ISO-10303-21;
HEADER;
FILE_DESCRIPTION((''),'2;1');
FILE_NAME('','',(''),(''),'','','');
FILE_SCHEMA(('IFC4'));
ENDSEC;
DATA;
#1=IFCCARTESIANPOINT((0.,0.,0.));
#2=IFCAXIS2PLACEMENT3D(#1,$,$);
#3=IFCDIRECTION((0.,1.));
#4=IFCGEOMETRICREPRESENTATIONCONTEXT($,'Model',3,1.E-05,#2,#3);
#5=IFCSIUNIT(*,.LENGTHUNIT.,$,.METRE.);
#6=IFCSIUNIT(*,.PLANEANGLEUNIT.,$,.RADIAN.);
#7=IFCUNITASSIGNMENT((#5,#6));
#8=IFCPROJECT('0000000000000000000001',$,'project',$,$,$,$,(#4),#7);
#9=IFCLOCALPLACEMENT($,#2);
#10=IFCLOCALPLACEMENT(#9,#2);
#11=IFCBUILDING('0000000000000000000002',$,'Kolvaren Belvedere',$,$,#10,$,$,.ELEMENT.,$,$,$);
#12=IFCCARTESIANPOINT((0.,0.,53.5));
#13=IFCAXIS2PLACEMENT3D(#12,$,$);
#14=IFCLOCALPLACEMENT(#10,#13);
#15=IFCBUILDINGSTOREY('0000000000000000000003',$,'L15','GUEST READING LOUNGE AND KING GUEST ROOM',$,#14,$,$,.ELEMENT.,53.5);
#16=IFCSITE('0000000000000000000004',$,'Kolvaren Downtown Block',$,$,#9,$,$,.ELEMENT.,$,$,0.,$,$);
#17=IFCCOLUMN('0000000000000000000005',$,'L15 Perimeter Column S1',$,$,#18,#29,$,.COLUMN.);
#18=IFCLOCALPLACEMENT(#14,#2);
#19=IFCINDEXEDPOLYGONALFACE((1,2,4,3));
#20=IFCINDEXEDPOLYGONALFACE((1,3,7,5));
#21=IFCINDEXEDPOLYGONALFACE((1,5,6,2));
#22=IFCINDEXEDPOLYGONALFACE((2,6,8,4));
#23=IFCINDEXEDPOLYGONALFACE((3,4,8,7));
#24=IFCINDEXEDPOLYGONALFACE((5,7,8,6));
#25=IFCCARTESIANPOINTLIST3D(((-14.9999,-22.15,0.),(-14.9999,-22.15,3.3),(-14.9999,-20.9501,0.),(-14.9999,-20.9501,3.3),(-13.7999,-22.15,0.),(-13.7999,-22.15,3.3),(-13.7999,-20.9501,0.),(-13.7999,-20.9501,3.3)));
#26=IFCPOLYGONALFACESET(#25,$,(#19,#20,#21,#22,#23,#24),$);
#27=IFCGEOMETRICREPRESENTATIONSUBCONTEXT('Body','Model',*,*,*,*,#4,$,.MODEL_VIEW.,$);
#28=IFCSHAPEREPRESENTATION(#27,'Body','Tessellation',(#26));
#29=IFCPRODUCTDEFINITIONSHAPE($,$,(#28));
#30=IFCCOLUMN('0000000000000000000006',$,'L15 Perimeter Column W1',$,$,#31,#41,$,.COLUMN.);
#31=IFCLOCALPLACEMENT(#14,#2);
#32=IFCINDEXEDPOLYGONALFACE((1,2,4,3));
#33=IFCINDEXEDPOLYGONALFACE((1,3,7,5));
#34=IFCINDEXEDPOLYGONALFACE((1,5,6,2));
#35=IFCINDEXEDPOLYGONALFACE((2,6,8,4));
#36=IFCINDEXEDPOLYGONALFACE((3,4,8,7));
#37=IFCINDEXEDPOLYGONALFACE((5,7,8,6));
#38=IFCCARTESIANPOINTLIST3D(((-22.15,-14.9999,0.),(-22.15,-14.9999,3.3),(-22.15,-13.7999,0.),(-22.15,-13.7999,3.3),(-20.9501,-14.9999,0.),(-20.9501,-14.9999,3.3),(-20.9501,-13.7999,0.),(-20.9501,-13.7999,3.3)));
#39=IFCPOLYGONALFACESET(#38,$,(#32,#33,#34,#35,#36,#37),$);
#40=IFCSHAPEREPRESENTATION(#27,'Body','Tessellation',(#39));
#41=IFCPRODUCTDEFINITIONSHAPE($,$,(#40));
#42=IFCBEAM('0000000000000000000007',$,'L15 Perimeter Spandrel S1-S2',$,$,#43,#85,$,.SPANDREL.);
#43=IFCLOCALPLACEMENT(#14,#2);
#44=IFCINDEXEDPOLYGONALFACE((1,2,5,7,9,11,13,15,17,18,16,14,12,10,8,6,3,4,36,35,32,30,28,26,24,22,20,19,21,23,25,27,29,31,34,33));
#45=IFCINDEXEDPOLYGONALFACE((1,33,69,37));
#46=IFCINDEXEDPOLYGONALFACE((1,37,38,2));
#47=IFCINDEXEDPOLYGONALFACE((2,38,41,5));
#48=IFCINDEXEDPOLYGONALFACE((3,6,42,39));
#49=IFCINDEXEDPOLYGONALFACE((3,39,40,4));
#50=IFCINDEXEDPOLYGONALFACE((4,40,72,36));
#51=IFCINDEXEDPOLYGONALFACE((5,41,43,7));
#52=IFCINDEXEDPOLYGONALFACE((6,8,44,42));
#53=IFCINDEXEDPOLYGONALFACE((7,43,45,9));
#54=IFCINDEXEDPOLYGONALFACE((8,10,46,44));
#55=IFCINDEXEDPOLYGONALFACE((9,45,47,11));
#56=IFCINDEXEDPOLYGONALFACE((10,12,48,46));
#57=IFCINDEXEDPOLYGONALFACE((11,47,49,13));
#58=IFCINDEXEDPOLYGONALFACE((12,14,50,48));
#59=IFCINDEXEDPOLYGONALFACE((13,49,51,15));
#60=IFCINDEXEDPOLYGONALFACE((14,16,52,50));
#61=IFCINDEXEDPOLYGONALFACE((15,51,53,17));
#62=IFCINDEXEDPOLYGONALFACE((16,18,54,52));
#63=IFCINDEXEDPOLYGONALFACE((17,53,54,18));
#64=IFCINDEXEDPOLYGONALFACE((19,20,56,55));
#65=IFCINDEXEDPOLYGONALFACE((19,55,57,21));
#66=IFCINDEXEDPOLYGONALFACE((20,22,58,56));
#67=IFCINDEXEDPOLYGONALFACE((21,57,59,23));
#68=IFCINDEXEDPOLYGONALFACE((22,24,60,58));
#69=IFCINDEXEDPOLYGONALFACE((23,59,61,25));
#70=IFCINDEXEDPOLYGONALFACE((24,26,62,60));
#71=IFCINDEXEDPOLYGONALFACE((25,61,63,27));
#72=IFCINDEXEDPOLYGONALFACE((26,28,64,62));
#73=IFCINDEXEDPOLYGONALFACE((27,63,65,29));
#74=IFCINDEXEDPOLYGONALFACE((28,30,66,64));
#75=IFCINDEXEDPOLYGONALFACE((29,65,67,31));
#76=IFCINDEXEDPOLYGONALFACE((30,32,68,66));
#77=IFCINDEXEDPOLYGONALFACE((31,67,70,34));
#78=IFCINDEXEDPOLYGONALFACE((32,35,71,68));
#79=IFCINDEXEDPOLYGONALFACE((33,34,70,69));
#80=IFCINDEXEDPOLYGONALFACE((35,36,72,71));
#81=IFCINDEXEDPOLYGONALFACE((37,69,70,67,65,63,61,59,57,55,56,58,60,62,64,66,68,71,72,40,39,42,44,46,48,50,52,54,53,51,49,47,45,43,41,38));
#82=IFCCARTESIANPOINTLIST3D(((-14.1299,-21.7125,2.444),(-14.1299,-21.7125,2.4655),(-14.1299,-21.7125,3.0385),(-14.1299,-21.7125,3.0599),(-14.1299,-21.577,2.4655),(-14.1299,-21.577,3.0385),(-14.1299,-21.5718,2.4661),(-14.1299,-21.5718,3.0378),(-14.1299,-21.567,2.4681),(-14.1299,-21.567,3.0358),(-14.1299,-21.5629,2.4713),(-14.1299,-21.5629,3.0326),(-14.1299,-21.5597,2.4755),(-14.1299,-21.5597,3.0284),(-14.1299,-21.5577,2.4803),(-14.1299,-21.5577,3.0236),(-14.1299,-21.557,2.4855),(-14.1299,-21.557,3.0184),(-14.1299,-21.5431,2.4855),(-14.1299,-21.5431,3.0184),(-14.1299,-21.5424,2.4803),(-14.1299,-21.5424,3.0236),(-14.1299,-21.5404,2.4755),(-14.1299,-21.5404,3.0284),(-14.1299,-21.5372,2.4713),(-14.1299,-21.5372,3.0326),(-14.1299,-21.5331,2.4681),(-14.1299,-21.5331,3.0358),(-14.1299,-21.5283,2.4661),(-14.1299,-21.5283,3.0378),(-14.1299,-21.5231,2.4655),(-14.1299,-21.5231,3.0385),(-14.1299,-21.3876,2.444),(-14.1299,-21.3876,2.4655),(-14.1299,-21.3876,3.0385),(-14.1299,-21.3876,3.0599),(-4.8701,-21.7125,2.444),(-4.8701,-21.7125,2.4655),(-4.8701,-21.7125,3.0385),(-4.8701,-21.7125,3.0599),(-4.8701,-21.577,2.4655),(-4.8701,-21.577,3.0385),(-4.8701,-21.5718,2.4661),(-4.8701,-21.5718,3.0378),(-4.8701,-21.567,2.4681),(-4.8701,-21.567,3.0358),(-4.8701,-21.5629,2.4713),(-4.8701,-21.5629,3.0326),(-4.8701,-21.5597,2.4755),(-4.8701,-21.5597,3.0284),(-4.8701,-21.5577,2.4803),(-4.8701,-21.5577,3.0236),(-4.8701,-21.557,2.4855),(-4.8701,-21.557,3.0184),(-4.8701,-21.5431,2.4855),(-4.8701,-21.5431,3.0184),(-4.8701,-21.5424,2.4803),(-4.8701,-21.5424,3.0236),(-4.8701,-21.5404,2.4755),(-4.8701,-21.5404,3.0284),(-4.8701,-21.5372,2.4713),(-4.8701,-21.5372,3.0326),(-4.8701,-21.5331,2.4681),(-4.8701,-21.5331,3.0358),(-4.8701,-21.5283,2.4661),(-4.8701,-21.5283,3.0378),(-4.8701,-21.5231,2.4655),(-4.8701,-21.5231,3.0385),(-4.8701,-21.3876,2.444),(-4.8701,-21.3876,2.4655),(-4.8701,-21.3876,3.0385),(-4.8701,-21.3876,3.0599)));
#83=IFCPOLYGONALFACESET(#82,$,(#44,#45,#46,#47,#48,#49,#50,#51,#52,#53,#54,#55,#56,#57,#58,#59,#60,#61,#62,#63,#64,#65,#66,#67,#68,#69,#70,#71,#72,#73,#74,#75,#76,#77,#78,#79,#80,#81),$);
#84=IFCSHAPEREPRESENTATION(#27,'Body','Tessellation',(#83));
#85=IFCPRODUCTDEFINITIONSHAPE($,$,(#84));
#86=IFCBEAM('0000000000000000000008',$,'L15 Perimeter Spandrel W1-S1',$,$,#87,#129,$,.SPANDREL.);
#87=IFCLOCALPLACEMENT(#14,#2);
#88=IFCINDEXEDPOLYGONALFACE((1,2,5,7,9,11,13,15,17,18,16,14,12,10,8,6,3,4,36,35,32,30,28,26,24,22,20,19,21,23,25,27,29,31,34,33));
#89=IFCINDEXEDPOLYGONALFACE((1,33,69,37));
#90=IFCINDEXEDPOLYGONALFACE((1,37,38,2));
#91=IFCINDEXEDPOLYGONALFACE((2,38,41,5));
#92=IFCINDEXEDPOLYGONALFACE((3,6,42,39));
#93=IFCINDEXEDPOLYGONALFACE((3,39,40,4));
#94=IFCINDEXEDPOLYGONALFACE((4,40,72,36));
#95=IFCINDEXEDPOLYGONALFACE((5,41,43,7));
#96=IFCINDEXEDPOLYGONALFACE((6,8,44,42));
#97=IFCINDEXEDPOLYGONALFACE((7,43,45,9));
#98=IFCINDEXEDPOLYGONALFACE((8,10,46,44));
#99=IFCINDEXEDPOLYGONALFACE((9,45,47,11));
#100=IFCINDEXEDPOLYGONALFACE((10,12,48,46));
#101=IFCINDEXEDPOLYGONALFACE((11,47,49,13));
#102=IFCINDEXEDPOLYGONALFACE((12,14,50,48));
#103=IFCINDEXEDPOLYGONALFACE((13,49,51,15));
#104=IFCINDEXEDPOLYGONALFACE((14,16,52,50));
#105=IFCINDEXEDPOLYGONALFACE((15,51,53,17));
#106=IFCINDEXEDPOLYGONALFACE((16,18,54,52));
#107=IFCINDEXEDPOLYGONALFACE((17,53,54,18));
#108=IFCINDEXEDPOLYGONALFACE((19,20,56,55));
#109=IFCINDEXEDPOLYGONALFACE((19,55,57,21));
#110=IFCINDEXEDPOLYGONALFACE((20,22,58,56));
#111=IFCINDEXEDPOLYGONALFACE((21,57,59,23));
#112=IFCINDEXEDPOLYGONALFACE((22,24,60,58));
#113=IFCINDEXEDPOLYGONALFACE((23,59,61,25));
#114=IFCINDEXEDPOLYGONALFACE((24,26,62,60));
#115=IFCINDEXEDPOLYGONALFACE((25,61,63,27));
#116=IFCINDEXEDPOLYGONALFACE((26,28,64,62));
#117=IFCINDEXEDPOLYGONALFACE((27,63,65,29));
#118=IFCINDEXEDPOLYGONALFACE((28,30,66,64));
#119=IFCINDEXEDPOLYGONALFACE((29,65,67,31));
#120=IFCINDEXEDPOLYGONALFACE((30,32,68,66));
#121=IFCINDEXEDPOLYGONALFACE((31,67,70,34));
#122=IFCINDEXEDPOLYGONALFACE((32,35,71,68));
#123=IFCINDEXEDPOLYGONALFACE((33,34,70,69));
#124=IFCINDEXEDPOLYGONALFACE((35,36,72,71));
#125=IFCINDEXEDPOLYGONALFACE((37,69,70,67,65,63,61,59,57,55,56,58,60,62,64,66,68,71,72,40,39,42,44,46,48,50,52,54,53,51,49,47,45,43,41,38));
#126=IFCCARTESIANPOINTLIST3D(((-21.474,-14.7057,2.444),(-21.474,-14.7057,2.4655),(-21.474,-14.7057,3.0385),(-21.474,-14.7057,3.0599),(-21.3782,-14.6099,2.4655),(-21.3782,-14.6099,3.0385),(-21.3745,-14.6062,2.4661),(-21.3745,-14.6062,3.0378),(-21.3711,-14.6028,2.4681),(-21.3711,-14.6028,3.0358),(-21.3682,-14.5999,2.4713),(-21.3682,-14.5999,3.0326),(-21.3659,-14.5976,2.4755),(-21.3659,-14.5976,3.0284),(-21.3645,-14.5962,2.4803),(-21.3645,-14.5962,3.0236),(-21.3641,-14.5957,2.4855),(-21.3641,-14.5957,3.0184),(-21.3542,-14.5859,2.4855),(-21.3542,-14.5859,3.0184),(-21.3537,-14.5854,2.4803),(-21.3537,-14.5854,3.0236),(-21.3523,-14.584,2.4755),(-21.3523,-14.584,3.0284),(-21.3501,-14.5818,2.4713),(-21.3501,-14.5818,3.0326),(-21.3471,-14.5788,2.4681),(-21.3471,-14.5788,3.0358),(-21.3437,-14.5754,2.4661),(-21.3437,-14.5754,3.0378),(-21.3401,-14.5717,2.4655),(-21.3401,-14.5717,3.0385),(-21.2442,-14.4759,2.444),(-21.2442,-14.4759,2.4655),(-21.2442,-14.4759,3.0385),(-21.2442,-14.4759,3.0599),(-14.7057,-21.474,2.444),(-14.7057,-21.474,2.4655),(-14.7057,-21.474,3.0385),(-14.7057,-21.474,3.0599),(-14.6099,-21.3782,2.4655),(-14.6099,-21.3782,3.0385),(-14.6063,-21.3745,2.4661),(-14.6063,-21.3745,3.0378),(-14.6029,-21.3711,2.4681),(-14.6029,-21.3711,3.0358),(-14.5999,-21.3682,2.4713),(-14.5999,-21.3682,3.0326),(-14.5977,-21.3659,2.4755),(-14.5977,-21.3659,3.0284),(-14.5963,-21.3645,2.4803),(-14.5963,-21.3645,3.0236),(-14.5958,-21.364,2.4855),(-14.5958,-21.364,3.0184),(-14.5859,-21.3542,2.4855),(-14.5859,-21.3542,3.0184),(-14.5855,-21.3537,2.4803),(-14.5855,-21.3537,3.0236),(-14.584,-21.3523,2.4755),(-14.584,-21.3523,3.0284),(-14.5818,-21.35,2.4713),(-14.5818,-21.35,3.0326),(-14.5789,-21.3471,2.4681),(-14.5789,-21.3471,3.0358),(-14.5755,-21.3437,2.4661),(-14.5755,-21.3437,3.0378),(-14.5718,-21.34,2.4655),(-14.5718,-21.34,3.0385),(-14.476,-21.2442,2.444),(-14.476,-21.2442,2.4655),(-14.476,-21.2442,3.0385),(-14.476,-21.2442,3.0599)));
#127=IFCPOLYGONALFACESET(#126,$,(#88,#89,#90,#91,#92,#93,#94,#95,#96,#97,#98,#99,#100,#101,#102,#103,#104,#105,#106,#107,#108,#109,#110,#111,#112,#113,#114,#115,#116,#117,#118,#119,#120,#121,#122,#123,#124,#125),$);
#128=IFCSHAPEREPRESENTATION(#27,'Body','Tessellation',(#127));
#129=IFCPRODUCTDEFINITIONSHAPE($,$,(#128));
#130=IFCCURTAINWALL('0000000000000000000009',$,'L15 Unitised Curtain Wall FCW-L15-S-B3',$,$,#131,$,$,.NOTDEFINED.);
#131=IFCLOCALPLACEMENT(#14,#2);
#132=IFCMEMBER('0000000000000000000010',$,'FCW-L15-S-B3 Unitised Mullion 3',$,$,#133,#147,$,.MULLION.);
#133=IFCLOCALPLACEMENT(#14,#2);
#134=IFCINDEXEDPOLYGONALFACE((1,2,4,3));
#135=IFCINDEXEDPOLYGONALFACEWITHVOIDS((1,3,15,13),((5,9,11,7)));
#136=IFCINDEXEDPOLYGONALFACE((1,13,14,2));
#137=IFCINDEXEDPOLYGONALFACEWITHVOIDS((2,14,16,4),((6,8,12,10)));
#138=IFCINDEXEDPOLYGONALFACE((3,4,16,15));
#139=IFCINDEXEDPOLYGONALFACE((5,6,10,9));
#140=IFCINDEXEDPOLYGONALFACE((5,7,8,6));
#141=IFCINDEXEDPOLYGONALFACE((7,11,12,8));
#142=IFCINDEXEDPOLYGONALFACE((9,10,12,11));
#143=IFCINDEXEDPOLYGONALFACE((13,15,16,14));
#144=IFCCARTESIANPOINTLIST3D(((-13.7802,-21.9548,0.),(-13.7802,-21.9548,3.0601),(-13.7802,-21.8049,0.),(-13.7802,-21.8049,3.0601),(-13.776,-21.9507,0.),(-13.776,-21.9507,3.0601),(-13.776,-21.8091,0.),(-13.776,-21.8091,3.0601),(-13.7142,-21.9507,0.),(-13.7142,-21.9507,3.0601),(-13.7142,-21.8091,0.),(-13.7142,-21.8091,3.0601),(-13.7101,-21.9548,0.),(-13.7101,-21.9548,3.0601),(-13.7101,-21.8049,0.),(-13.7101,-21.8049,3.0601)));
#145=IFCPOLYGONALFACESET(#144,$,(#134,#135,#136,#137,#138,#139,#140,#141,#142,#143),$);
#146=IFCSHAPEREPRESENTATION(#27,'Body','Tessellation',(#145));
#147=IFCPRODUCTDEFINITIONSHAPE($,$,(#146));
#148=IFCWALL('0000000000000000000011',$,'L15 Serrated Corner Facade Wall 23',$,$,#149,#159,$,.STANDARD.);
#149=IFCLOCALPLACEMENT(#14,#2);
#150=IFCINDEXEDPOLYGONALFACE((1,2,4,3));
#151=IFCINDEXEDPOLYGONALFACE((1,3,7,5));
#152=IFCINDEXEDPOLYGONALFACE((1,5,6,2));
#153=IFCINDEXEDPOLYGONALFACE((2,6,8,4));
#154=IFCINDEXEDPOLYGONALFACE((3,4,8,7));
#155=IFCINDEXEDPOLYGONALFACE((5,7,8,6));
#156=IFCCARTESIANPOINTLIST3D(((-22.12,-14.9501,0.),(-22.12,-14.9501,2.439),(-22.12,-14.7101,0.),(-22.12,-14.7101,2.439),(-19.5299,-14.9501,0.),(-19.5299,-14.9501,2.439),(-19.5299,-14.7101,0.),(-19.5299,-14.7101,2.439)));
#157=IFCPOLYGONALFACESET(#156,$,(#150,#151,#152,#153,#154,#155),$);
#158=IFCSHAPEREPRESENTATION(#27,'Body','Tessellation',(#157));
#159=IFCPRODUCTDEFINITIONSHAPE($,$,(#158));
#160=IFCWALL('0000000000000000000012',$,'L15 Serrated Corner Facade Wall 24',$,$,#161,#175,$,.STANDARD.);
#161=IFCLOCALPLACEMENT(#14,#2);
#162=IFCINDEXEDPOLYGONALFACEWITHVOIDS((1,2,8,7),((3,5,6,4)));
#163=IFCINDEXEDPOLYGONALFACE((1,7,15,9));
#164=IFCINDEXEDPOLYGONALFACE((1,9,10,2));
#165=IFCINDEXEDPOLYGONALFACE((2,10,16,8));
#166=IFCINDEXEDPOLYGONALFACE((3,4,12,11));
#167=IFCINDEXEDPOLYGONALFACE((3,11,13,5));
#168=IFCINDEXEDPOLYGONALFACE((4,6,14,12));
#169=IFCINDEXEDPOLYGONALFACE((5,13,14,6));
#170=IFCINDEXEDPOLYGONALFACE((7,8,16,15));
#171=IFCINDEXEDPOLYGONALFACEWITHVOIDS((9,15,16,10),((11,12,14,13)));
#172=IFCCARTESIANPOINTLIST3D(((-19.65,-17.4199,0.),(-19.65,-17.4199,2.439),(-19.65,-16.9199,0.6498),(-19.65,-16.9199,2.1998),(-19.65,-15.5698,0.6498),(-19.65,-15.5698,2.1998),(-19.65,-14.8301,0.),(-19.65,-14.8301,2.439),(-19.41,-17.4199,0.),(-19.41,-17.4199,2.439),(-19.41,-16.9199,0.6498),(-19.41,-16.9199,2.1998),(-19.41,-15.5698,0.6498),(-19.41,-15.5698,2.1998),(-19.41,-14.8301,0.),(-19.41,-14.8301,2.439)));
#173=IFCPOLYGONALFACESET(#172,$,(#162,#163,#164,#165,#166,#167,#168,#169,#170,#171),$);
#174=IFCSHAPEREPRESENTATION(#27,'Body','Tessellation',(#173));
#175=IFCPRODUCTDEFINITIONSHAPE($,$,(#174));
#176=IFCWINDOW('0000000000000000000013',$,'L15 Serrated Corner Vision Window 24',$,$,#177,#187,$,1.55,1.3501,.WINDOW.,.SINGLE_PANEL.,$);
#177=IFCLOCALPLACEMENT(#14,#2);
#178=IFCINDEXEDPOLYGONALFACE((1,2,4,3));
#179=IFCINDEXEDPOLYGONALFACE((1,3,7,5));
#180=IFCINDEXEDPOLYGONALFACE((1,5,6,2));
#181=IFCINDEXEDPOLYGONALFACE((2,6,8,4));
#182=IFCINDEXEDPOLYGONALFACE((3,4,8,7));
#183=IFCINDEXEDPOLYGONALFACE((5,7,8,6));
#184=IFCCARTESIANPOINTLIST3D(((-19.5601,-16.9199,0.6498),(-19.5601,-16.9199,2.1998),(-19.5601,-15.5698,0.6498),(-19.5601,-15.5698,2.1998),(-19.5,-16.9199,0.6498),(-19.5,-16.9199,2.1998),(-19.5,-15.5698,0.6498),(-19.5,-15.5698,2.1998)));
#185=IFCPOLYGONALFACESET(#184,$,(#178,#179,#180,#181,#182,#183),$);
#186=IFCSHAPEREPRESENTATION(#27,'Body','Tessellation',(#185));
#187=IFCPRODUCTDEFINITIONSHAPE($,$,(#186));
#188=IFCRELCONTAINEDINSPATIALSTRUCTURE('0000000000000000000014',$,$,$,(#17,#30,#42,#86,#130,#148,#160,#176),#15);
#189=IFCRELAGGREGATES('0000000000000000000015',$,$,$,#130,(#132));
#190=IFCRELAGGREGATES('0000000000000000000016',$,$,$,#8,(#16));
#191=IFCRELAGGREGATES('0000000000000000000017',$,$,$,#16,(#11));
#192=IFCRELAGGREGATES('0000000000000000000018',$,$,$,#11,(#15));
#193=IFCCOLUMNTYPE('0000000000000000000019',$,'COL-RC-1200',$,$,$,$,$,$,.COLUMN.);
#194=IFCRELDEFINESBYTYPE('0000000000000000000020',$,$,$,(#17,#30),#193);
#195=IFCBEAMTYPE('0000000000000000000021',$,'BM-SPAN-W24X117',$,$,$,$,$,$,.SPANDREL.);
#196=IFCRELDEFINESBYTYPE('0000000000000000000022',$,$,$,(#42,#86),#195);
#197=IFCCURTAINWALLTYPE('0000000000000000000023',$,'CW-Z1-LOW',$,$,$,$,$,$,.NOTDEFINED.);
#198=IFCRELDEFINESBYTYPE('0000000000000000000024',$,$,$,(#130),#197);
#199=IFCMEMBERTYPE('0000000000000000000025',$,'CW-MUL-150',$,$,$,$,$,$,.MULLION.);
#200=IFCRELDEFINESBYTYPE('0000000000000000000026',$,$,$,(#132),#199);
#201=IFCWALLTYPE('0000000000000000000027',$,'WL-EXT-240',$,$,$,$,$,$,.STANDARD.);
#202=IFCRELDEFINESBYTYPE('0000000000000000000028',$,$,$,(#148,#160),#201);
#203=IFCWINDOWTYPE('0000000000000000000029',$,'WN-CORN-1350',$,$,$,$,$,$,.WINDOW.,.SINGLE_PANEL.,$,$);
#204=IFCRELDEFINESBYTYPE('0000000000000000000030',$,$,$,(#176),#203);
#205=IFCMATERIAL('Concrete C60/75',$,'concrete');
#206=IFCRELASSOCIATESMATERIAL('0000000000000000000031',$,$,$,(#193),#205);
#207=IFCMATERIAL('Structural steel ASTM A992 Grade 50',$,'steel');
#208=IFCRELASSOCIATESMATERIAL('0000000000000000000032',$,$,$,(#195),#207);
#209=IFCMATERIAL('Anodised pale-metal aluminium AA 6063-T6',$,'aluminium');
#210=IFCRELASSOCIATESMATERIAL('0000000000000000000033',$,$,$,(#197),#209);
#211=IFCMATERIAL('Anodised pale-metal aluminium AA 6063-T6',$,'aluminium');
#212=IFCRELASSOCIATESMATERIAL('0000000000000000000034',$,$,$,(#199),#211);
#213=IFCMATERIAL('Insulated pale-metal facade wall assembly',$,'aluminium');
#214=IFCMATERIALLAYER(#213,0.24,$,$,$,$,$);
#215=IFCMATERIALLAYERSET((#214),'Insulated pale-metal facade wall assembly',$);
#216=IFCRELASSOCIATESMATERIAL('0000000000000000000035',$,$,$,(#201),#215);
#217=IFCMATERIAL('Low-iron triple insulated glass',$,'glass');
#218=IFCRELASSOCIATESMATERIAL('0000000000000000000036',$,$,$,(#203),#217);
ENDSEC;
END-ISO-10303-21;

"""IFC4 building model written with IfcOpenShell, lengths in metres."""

from ifc_helpers import new_model, si_unit, direction, frame, frame_2d, origin, origin_2d, place, context, subcontext, project, spatial, rectangle, hollow_rectangle, i_section, extrude, material, layer, layer_set, material_profile, profile_set, type_object, element, fill, aggregate, save


model = new_model("IFC4")

# Units and contexts
model_context = context("Model", 3, precision=1e-05, world=origin(), true_north=direction((0.0, 1.0)))
body_context = subcontext(model_context, "Body", "Model", "MODEL_VIEW")
ifc_project = project(units=[si_unit("LENGTHUNIT", "METRE"), si_unit("PLANEANGLEUNIT", "RADIAN")], contexts=[model_context])

# Site, building, storey
site_placement = place(None, origin())
site = spatial("IfcSite", under=ifc_project, at=site_placement, Name="Kolvaren Downtown Block", CompositionType="ELEMENT", RefElevation=0.0)
building_placement = place(site_placement, origin())
building = spatial("IfcBuilding", under=site, at=building_placement, Name="Kolvaren Belvedere", CompositionType="ELEMENT")
storey_placement = place(building_placement, frame((0.0, 0.0, 53.5)))
storey = spatial("IfcBuildingStorey", under=building, at=storey_placement, Name="L15", Description="GUEST READING LOUNGE AND KING GUEST ROOM", CompositionType="ELEMENT", Elevation=53.5)

# Columns
ifc_material_1 = material(Name="Concrete C60/75", Category="concrete")
ifc_material_profile_1 = material_profile(ifc_material_1, rectangle(XDim=1.2, YDim=1.2, at=origin_2d()), Name="RC 1200X1200")
ifc_profile_set_1 = profile_set([ifc_material_profile_1], Name="Concrete C60/75")
column_type = type_object("IfcColumnType", Name="COL-RC-1200", PredefinedType="COLUMN", material=ifc_profile_set_1)
for number, where, z_axis, x_axis, name in (
    (1, (-14.3999, -21.55, 0.0), (0.0, 0.0, 1.0), (1.0, 0.0, 0.0), "L15 Perimeter Column S1"),
    (2, (-21.55, -14.3999, 0.0), (0.0, 0.0, 1.0), (1.0, 0.0, 0.0), "L15 Perimeter Column W1"),
):
    element("IfcColumn", number, at=place(storey_placement, frame(where, z_axis=z_axis, x_axis=x_axis)), inside=storey, type_object=column_type, Name=name, PredefinedType="COLUMN", context=body_context, shape_type="SweptSolid", body=[
        extrude(rectangle(XDim=1.2, YDim=1.2, at=origin_2d()), origin(), (0.0, 0.0, 1.0), 3.3),
    ])

# Beams
ifc_material_2 = material(Name="Structural steel ASTM A992 Grade 50", Category="steel")
ifc_material_profile_2 = material_profile(ifc_material_2, i_section(OverallWidth=0.325, OverallDepth=0.616, WebThickness=0.0139, FlangeThickness=0.0215, FilletRadius=0.02, at=origin_2d()), Name="W24X117")
ifc_profile_set_2 = profile_set([ifc_material_profile_2], Name="Structural steel ASTM A992 Grade 50")
beam_type = type_object("IfcBeamType", Name="BM-SPAN-W24X117", PredefinedType="SPANDREL", material=ifc_profile_set_2)
beam_1_placement = place(storey_placement, frame((-14.1299, -21.55, 2.752), z_axis=(1.0, 0.0, 0.0), x_axis=(0.0, 1.0, 0.0)))
element("IfcBeam", 3, at=beam_1_placement, inside=storey, type_object=beam_type, Name="L15 Perimeter Spandrel S1-S2", PredefinedType="SPANDREL", context=body_context, shape_type="SweptSolid", body=[
    extrude(i_section(OverallWidth=0.325, OverallDepth=0.616, WebThickness=0.0139, FlangeThickness=0.0215, FilletRadius=0.02, at=origin_2d()), origin(), (0.0, 0.0, 1.0), 9.2598),
])
beam_2_placement = place(storey_placement, frame((-21.3591, -14.5908, 2.752), z_axis=(0.707107, -0.707107, 0.0), x_axis=(0.707107, 0.707107, 0.0)))
element("IfcBeam", 4, at=beam_2_placement, inside=storey, type_object=beam_type, Name="L15 Perimeter Spandrel W1-S1", PredefinedType="SPANDREL", context=body_context, shape_type="SweptSolid", body=[
    extrude(i_section(OverallWidth=0.325, OverallDepth=0.616, WebThickness=0.0139, FlangeThickness=0.0215, FilletRadius=0.02, at=origin_2d()), origin(), (0.0, 0.0, 1.0), 9.5718),
])

# Curtain wall, member
ifc_material_3 = material(Name="Anodised pale-metal aluminium AA 6063-T6", Category="aluminium")
curtain_wall_type = type_object("IfcCurtainWallType", Name="CW-Z1-LOW", PredefinedType="NOTDEFINED", material=ifc_material_3)
curtain_wall_placement = place(storey_placement, origin())
curtain_wall = element("IfcCurtainWall", 5, at=curtain_wall_placement, inside=storey, type_object=curtain_wall_type, Name="L15 Unitised Curtain Wall FCW-L15-S-B3", PredefinedType="NOTDEFINED")
ifc_material_4 = material(Name="Anodised pale-metal aluminium AA 6063-T6", Category="aluminium")
ifc_material_profile_3 = material_profile(ifc_material_4, hollow_rectangle(XDim=0.0701, YDim=0.1499, WallThickness=0.0042, at=origin_2d()), Name="ALU-MUL-150X70")
ifc_profile_set_3 = profile_set([ifc_material_profile_3], Name="Anodised pale-metal aluminium AA 6063-T6")
member_type = type_object("IfcMemberType", Name="CW-MUL-150", PredefinedType="MULLION", material=ifc_profile_set_3)
member_placement = place(storey_placement, frame((-13.7451, -21.8799, 0.0), z_axis=(0.0, 0.0, 1.0), x_axis=(1.0, 0.0, 0.0)))
member = element("IfcMember", 6, at=member_placement, type_object=member_type, Name="FCW-L15-S-B3 Unitised Mullion 3", PredefinedType="MULLION", context=body_context, shape_type="SweptSolid", body=[
    extrude(hollow_rectangle(XDim=0.0701, YDim=0.1499, WallThickness=0.0042, at=origin_2d()), origin(), (0.0, 0.0, 1.0), 3.0601),
])
aggregate(curtain_wall, [member])

# Wall
ifc_material_5 = material(Name="Insulated pale-metal facade wall assembly", Category="aluminium")
ifc_layer = layer(ifc_material_5, 0.24)
ifc_layer_set = layer_set([ifc_layer], Name="Insulated pale-metal facade wall assembly")
wall_type = type_object("IfcWallType", Name="WL-EXT-240", PredefinedType="STANDARD", material=ifc_layer_set)
wall_1_placement = place(storey_placement, frame((-19.53, -14.8301, 0.0), z_axis=(0.0, 0.0, 1.0), x_axis=(-1.0, 0.0, 0.0)))
element("IfcWall", 7, at=wall_1_placement, inside=storey, type_object=wall_type, Name="L15 Serrated Corner Facade Wall 23", PredefinedType="STANDARD", context=body_context, shape_type="SweptSolid", body=[
    extrude(rectangle(XDim=2.5901, YDim=0.24, at=frame_2d((1.2949, 0.0))), origin(), (0.0, 0.0, 1.0), 2.439),
])

# Wall, opening, window
wall_2_placement = place(storey_placement, frame((-19.53, -17.4199, 0.0), z_axis=(0.0, 0.0, 1.0), x_axis=(0.0, 1.0, 0.0)))
wall_2 = element("IfcWall", 8, at=wall_2_placement, inside=storey, type_object=wall_type, Name="L15 Serrated Corner Facade Wall 24", PredefinedType="STANDARD", context=body_context, shape_type="SweptSolid", body=[
    extrude(rectangle(XDim=2.5898, YDim=0.24, at=frame_2d((1.2949, 0.0))), origin(), (0.0, 0.0, 1.0), 2.439),
])
opening_1_placement = place(wall_2_placement, frame((0.5, 0.0, 0.6499)))
opening_1 = element("IfcOpeningElement", 9, at=opening_1_placement, cuts=wall_2, PredefinedType="OPENING", context=body_context, shape_type="SweptSolid", body=[
    extrude(rectangle(XDim=1.3501, YDim=1.55, at=frame_2d((0.675, 0.7749))), frame((0.0, 0.1299, 0.0), z_axis=(0.0, -1.0, 0.0), x_axis=(1.0, 0.0, 0.0)), (0.0, 0.0, 1.0), 0.26),
])
ifc_material_6 = material(Name="Low-iron triple insulated glass", Category="glass")
window_type = type_object("IfcWindowType", Name="WN-CORN-1350", PartitioningType="SINGLE_PANEL", PredefinedType="WINDOW", material=ifc_material_6)
window_1_placement = place(opening_1_placement, origin())
window_1 = element("IfcWindow", 10, at=window_1_placement, inside=storey, type_object=window_type, Name="L15 Serrated Corner Vision Window 24", OverallHeight=1.55, OverallWidth=1.3501, PartitioningType="SINGLE_PANEL", PredefinedType="WINDOW", context=body_context, shape_type="SweptSolid", body=[
    extrude(rectangle(XDim=1.3501, YDim=1.55, at=frame_2d((0.675, 0.7749))), frame((0.0, 0.03, 0.0), z_axis=(0.0, -1.0, 0.0), x_axis=(1.0, 0.0, 0.0)), (0.0, 0.0, 1.0), 0.0601),
])
fill(opening_1, window_1)

save(model, "model.ifc")
